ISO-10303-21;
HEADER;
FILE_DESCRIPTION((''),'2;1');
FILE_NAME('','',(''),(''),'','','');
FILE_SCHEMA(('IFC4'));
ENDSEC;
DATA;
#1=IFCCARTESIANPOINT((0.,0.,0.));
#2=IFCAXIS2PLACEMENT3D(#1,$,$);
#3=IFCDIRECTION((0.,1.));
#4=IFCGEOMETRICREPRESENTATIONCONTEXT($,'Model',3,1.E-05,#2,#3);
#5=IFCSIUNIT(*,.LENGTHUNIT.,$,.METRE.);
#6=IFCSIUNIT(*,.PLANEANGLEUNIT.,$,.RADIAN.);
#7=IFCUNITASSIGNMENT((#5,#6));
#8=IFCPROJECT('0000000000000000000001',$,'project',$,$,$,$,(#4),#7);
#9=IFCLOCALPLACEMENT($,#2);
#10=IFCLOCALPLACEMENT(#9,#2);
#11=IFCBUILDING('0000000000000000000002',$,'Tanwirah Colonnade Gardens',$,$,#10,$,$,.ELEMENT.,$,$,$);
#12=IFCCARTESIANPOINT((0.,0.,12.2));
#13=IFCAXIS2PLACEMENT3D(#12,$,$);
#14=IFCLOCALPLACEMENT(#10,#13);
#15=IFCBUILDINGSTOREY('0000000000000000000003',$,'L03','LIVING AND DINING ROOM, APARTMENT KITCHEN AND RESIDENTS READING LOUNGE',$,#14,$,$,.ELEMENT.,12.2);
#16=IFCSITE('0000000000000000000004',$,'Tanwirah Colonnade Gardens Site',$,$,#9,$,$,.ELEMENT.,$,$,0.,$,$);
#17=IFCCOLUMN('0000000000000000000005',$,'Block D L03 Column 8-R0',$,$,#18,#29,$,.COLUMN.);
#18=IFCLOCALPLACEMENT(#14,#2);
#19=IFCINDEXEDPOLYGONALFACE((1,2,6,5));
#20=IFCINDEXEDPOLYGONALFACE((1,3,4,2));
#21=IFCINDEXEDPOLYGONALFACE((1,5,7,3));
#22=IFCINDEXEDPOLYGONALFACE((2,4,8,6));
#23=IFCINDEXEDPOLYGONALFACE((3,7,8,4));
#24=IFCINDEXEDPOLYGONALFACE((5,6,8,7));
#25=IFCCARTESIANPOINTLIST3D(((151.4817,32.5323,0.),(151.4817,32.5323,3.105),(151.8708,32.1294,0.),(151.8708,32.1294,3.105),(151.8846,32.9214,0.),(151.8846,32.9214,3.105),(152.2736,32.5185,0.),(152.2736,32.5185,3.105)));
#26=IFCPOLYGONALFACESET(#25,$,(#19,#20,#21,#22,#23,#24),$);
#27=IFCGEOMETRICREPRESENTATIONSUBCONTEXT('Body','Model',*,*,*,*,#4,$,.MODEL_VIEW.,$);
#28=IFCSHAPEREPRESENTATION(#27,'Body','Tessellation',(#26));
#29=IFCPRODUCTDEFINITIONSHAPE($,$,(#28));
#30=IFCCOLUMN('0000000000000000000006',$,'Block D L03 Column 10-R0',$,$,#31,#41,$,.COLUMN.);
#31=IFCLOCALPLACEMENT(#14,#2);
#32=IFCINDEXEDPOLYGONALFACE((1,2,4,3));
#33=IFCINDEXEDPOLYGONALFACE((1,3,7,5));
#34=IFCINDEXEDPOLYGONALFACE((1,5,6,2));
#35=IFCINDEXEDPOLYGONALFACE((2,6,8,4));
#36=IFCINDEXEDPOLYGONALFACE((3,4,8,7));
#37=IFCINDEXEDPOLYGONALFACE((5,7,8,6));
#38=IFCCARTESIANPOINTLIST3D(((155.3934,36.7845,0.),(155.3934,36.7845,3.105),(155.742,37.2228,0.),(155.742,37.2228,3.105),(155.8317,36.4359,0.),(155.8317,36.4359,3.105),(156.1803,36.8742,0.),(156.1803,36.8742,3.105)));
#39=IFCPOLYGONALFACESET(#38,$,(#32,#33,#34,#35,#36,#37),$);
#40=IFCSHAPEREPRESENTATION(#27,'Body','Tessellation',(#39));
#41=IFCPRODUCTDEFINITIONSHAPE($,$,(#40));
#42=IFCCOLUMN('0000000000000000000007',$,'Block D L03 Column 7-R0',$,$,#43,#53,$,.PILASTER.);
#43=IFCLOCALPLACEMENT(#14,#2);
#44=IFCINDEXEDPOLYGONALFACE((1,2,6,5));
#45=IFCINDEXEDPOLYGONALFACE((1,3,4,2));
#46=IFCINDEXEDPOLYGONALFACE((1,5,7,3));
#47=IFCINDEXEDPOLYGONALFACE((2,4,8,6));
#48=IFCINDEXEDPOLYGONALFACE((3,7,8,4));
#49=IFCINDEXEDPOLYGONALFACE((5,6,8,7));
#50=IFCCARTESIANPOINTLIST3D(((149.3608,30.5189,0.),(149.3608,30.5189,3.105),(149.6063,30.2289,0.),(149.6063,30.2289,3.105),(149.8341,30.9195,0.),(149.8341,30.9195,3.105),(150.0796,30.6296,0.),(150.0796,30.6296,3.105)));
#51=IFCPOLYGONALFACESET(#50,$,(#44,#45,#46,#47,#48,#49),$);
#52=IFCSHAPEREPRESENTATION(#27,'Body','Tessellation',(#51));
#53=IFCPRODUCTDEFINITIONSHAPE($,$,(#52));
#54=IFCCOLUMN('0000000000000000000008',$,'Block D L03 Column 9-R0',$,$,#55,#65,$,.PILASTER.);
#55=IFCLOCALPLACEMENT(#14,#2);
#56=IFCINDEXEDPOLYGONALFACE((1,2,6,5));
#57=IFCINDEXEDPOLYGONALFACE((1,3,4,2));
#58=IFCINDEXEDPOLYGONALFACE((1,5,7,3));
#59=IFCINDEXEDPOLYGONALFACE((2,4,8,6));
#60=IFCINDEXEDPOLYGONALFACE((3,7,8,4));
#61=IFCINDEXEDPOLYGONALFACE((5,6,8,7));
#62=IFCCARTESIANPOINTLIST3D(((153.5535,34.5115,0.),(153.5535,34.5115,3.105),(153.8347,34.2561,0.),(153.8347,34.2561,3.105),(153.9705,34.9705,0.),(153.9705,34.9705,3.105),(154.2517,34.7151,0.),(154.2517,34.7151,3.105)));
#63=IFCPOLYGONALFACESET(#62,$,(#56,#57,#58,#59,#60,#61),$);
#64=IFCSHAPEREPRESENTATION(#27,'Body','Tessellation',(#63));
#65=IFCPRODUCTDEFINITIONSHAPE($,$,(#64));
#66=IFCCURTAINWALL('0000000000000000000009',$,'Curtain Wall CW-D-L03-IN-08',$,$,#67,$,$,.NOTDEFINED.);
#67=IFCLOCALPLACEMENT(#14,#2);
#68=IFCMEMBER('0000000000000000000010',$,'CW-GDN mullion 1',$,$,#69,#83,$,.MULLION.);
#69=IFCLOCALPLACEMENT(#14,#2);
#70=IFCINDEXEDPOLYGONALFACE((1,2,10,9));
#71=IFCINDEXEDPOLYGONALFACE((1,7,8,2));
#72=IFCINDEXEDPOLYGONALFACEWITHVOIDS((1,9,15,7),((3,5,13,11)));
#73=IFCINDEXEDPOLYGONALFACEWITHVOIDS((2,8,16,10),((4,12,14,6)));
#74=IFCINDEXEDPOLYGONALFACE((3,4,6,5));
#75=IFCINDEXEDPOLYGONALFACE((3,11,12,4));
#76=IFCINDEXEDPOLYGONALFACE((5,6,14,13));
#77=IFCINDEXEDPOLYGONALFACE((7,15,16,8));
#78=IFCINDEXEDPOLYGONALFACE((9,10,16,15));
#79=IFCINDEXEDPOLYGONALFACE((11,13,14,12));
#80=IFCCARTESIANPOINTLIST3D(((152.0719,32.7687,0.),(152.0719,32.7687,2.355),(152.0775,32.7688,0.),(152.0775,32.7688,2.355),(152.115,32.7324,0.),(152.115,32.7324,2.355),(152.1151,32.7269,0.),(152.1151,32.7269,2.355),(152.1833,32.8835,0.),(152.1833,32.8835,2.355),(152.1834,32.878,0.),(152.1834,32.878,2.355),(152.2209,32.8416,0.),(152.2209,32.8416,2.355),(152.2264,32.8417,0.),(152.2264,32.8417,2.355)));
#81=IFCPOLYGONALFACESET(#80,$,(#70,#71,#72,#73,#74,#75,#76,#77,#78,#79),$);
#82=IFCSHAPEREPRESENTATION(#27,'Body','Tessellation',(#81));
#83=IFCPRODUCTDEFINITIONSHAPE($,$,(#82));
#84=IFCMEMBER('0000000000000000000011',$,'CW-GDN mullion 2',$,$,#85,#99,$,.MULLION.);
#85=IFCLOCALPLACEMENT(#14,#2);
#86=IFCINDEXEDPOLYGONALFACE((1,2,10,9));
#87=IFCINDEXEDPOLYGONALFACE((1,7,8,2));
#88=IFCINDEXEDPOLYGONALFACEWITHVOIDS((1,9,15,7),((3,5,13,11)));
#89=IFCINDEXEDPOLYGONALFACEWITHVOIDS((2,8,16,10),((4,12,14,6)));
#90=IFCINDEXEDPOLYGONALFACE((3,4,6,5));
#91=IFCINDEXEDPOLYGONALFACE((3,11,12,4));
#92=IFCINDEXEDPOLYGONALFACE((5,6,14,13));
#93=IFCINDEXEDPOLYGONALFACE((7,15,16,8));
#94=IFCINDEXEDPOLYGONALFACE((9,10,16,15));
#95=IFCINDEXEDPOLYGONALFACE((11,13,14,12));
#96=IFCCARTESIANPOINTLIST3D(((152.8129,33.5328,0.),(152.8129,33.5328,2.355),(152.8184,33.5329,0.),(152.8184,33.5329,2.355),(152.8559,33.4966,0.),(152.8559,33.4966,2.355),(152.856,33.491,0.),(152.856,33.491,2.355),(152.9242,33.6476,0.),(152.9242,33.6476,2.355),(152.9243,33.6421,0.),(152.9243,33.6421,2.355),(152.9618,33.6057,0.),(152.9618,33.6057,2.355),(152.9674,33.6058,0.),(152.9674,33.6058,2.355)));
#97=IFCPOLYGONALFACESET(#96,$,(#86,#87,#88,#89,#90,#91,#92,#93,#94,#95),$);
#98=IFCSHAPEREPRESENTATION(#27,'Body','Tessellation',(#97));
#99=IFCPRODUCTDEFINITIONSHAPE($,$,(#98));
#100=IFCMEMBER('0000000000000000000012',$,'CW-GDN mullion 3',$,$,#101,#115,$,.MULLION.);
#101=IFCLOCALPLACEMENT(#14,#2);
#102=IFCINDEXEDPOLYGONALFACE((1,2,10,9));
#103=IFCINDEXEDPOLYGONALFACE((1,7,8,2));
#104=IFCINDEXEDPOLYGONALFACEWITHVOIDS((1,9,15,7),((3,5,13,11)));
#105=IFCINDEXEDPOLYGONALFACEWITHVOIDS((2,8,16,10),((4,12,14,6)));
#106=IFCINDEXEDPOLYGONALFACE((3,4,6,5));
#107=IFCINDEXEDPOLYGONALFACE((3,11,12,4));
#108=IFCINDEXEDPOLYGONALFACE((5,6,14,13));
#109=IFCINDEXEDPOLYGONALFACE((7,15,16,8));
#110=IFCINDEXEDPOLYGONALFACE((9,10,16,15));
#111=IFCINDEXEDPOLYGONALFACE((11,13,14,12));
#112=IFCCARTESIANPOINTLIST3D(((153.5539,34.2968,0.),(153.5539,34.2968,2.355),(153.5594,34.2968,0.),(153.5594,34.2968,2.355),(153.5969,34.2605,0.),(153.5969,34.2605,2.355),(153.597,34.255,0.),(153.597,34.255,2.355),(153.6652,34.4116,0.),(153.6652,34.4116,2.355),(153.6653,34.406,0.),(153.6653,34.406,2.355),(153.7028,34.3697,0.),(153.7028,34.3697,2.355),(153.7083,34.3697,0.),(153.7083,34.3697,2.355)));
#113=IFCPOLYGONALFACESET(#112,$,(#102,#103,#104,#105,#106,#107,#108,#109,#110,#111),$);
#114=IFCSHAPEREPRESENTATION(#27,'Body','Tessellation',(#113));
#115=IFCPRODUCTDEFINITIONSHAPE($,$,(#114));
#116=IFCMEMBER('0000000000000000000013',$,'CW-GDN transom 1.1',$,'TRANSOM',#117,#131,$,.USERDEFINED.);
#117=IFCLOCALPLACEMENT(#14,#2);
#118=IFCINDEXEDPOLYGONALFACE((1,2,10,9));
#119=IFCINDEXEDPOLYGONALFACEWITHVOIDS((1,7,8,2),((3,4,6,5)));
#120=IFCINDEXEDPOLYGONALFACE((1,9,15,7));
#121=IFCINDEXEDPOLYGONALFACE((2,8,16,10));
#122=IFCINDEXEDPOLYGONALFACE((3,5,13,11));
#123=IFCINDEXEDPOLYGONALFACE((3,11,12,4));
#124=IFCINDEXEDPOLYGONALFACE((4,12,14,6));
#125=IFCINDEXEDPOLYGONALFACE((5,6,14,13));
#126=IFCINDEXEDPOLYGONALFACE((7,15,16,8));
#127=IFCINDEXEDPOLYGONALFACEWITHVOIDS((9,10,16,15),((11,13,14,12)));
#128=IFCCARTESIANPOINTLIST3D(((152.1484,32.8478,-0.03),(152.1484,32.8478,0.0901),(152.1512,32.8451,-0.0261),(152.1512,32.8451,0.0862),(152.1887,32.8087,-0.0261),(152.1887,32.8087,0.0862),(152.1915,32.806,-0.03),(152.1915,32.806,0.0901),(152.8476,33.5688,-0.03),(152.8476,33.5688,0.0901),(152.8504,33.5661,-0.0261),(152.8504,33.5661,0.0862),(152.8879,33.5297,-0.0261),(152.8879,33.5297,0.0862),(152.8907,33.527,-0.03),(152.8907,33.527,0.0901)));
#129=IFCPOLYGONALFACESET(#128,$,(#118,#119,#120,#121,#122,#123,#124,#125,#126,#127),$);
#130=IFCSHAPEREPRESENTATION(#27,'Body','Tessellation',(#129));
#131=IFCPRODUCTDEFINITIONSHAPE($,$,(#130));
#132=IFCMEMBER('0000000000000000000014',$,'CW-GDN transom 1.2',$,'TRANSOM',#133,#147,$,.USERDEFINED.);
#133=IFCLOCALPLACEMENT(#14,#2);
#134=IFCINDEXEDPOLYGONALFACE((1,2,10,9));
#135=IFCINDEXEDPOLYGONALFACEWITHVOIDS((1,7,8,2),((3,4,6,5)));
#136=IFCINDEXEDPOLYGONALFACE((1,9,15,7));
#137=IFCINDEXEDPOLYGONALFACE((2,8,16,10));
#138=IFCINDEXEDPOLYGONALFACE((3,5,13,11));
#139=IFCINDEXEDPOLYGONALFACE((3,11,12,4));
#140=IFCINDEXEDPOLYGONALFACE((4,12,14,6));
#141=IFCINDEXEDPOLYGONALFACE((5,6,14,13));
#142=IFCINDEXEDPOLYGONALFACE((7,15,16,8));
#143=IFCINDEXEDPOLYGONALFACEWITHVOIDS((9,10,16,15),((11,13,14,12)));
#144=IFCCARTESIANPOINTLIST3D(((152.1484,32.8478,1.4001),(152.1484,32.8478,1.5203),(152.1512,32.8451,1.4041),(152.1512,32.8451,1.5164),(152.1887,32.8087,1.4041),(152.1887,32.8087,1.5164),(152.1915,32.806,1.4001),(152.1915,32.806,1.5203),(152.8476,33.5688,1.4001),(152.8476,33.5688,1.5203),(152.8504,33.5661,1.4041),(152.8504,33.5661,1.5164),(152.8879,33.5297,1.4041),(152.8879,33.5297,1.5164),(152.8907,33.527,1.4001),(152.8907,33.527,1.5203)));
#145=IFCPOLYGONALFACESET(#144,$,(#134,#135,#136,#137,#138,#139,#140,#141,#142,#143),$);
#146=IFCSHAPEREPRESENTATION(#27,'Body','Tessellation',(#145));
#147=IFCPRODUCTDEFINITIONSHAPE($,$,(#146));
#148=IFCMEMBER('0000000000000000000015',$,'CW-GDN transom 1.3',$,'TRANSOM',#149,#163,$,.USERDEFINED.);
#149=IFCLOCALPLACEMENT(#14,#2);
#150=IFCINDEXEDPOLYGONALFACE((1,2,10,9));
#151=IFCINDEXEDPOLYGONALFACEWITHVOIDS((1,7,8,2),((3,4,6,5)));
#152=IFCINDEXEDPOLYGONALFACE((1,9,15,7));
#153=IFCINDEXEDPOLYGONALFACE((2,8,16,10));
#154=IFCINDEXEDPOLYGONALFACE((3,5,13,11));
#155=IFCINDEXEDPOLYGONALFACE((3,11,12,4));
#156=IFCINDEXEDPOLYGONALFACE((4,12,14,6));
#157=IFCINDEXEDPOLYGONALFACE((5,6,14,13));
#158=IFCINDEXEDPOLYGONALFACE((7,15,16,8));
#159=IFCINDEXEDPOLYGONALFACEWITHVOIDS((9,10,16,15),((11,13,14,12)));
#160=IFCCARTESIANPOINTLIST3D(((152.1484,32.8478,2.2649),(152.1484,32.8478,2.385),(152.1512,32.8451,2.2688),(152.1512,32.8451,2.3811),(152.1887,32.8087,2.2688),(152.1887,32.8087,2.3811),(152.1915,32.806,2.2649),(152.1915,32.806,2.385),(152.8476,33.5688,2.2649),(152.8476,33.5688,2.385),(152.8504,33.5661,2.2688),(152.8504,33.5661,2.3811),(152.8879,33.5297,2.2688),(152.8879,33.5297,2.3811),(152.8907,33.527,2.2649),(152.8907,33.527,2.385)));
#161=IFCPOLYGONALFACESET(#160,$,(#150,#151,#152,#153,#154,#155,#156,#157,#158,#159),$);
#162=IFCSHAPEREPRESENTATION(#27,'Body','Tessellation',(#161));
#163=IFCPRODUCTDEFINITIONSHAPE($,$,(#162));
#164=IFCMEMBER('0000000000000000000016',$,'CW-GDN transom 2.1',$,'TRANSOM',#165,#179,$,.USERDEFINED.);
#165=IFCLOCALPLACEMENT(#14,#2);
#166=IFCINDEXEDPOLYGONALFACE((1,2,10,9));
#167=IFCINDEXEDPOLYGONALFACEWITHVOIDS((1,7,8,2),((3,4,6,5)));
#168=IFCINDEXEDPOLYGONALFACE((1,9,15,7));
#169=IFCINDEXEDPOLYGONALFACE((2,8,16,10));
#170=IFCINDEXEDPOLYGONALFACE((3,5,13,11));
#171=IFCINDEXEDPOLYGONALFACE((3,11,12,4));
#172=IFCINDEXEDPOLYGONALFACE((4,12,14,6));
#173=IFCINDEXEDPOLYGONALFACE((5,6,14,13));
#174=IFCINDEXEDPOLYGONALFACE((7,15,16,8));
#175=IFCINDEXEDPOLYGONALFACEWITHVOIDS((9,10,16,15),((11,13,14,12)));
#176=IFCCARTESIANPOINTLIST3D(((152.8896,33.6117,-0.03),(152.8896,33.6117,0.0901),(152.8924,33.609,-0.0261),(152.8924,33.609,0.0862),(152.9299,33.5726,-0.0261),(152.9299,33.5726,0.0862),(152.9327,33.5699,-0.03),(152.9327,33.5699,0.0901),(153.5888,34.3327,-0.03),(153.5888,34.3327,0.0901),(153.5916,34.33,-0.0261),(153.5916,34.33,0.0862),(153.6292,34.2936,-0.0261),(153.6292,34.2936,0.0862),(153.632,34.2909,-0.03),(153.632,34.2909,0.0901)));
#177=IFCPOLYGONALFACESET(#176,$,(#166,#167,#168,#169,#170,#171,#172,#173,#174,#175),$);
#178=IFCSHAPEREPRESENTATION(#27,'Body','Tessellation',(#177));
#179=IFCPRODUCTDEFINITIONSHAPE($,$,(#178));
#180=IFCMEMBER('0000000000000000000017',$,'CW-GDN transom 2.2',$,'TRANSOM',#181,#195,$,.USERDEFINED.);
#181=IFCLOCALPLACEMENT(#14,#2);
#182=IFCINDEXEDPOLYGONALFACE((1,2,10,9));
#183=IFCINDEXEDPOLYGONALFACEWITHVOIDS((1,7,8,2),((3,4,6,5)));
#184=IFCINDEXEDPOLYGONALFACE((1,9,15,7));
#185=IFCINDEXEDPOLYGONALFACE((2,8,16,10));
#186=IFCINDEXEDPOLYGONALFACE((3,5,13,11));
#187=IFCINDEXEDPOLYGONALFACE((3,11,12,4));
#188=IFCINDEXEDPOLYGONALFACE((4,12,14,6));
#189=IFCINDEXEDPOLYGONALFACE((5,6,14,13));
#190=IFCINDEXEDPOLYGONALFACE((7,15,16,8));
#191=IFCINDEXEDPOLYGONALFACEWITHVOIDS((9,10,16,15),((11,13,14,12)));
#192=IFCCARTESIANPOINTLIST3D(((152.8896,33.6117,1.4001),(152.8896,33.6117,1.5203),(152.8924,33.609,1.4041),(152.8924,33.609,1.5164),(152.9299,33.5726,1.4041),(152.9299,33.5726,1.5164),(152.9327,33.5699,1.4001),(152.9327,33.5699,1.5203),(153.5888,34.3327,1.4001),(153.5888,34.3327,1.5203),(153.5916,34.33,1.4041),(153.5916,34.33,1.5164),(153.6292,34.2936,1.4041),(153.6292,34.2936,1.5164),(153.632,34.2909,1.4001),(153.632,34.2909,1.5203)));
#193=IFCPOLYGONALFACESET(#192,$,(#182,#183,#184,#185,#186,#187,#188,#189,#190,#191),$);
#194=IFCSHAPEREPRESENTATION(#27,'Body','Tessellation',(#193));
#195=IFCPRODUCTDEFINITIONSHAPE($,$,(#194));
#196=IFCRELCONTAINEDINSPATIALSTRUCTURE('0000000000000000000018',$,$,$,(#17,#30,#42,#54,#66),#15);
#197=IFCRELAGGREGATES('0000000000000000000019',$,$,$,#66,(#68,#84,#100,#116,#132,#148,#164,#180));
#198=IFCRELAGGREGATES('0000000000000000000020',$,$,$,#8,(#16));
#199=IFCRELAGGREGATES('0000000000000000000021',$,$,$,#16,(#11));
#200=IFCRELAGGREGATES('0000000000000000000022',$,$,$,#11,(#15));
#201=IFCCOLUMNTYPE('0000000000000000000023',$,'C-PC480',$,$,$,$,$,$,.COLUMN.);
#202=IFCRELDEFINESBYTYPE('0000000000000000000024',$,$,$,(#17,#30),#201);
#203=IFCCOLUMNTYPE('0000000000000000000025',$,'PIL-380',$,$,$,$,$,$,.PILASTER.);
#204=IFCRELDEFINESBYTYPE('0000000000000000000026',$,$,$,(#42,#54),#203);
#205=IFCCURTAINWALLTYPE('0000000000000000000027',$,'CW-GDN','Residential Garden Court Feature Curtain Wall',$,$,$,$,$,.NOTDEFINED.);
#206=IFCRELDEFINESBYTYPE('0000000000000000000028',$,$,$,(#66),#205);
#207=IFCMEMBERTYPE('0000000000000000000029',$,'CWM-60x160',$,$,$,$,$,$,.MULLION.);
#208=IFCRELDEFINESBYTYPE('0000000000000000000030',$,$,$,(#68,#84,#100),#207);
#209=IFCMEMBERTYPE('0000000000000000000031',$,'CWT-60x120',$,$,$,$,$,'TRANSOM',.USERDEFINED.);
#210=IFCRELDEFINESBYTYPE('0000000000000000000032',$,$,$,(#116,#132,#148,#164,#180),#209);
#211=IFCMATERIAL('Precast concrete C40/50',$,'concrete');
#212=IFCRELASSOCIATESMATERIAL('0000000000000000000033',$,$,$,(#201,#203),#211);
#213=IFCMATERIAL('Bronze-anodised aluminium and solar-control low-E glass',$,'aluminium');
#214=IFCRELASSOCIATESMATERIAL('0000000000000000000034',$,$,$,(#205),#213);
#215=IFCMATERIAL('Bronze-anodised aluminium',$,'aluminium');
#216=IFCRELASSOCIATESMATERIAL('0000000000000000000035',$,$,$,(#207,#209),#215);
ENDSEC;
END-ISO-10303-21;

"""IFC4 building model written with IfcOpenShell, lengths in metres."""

from ifc_helpers import new_model, si_unit, direction, frame, origin, origin_2d, place, context, subcontext, project, spatial, rectangle, hollow_rectangle, extrude, material, material_profile, profile_set, type_object, element, aggregate, save


model = new_model("IFC4")

# Units and contexts
model_context = context("Model", 3, precision=1e-05, world=origin(), true_north=direction((0.0, 1.0)))
body_context = subcontext(model_context, "Body", "Model", "MODEL_VIEW")
ifc_project = project(units=[si_unit("LENGTHUNIT", "METRE"), si_unit("PLANEANGLEUNIT", "RADIAN")], contexts=[model_context])

# Site, building, storey
site_placement = place(None, origin())
site = spatial("IfcSite", under=ifc_project, at=site_placement, Name="Tanwirah Colonnade Gardens Site", CompositionType="ELEMENT", RefElevation=0.0)
building_placement = place(site_placement, origin())
building = spatial("IfcBuilding", under=site, at=building_placement, Name="Tanwirah Colonnade Gardens", CompositionType="ELEMENT")
storey_placement = place(building_placement, frame((0.0, 0.0, 12.2)))
storey = spatial("IfcBuildingStorey", under=building, at=storey_placement, Name="L03", Description="LIVING AND DINING ROOM, APARTMENT KITCHEN AND RESIDENTS READING LOUNGE", CompositionType="ELEMENT", Elevation=12.2)

# Columns
ifc_material_1 = material(Name="Precast concrete C40/50", Category="concrete")
ifc_material_profile_1 = material_profile(ifc_material_1, rectangle(XDim=0.5601, YDim=0.5601, at=origin_2d()), Name="PC-COL 560x560")
ifc_profile_set_1 = profile_set([ifc_material_profile_1], Name="Precast concrete C40/50")
column_type_1 = type_object("IfcColumnType", Name="C-PC480", PredefinedType="COLUMN", material=ifc_profile_set_1)
for number, where, z_axis, x_axis, name in (
    (1, (151.8777, 32.5254, 0.0), (0.0, 0.0, 1.0), (0.694658, -0.71934, 0.0), "Block D L03 Column 8-R0"),
    (2, (155.7869, 36.8293, 0.0), (0.0, 0.0, 1.0), (0.782608, -0.622515, 0.0), "Block D L03 Column 10-R0"),
):
    element("IfcColumn", number, at=place(storey_placement, frame(where, z_axis=z_axis, x_axis=x_axis)), inside=storey, type_object=column_type_1, Name=name, PredefinedType="COLUMN", context=body_context, shape_type="SweptSolid", body=[
        extrude(rectangle(XDim=0.5601, YDim=0.5601, at=origin_2d()), origin(), (0.0, 0.0, 1.0), 3.105),
    ])
ifc_material_profile_2 = material_profile(ifc_material_1, rectangle(XDim=0.3799, YDim=0.6201, at=origin_2d()), Name="PC-PIL 380x620")
ifc_profile_set_2 = profile_set([ifc_material_profile_2], Name="Precast concrete C40/50")
column_type_2 = type_object("IfcColumnType", Name="PIL-380", PredefinedType="PILASTER", material=ifc_profile_set_2)
for number, where, z_axis, x_axis, name in (
    (3, (149.7202, 30.5742, 0.0), (0.0, 0.0, 1.0), (0.646124, -0.763232, 0.0), "Block D L03 Column 7-R0"),
    (4, (153.9026, 34.6133, 0.0), (0.0, 0.0, 1.0), (0.740218, -0.672367, 0.0), "Block D L03 Column 9-R0"),
):
    element("IfcColumn", number, at=place(storey_placement, frame(where, z_axis=z_axis, x_axis=x_axis)), inside=storey, type_object=column_type_2, Name=name, PredefinedType="PILASTER", context=body_context, shape_type="SweptSolid", body=[
        extrude(rectangle(XDim=0.3799, YDim=0.6201, at=origin_2d()), origin(), (0.0, 0.0, 1.0), 3.105),
    ])

# Curtain wall, members
ifc_material_2 = material(Name="Bronze-anodised aluminium and solar-control low-E glass", Category="aluminium")
curtain_wall_type = type_object("IfcCurtainWallType", Name="CW-GDN", Description="Residential Garden Court Feature Curtain Wall", PredefinedType="NOTDEFINED", material=ifc_material_2)
curtain_wall_placement = place(storey_placement, origin())
curtain_wall = element("IfcCurtainWall", 5, at=curtain_wall_placement, inside=storey, type_object=curtain_wall_type, Name="Curtain Wall CW-D-L03-IN-08", PredefinedType="NOTDEFINED")
ifc_material_3 = material(Name="Bronze-anodised aluminium", Category="aluminium")
ifc_material_profile_3 = material_profile(ifc_material_3, hollow_rectangle(XDim=0.0601, YDim=0.1599, WallThickness=0.0039, at=origin_2d()), Name="CW-MUL 60x160x4")
ifc_profile_set_3 = profile_set([ifc_material_profile_3], Name="Bronze-anodised aluminium")
member_type_1 = type_object("IfcMemberType", Name="CWM-60x160", PredefinedType="MULLION", material=ifc_profile_set_3)
member_1_placement = place(storey_placement, frame((152.1492, 32.8052, 0.0), z_axis=(0.0, 0.0, 1.0), x_axis=(-0.717825, 0.696223, 0.0)))
member_1 = element("IfcMember", 6, at=member_1_placement, type_object=member_type_1, Name="CW-GDN mullion 1", PredefinedType="MULLION", context=body_context, shape_type="SweptSolid", body=[
    extrude(hollow_rectangle(XDim=0.0601, YDim=0.1599, WallThickness=0.0039, at=origin_2d()), origin(), (0.0, 0.0, 1.0), 2.355),
])
member_2_placement = place(storey_placement, frame((152.8901, 33.5693, 0.0), z_axis=(0.0, 0.0, 1.0), x_axis=(-0.717825, 0.696223, 0.0)))
member_2 = element("IfcMember", 7, at=member_2_placement, type_object=member_type_1, Name="CW-GDN mullion 2", PredefinedType="MULLION", context=body_context, shape_type="SweptSolid", body=[
    extrude(hollow_rectangle(XDim=0.0601, YDim=0.1599, WallThickness=0.0039, at=origin_2d()), origin(), (0.0, 0.0, 1.0), 2.355),
])
member_3_placement = place(storey_placement, frame((153.6311, 34.3333, 0.0), z_axis=(0.0, 0.0, 1.0), x_axis=(-0.717825, 0.696223, 0.0)))
member_3 = element("IfcMember", 8, at=member_3_placement, type_object=member_type_1, Name="CW-GDN mullion 3", PredefinedType="MULLION", context=body_context, shape_type="SweptSolid", body=[
    extrude(hollow_rectangle(XDim=0.0601, YDim=0.1599, WallThickness=0.0039, at=origin_2d()), origin(), (0.0, 0.0, 1.0), 2.355),
])
ifc_material_profile_4 = material_profile(ifc_material_3, hollow_rectangle(XDim=0.0601, YDim=0.1201, WallThickness=0.0039, at=origin_2d()), Name="CW-TRN 60x120x4")
ifc_profile_set_4 = profile_set([ifc_material_profile_4], Name="Bronze-anodised aluminium")
member_type_2 = type_object("IfcMemberType", Name="CWT-60x120", ElementType="TRANSOM", PredefinedType="USERDEFINED", material=ifc_profile_set_4)
member_4_placement = place(storey_placement, frame((152.1699, 32.8269, 0.03), z_axis=(0.696207, 0.717841, 0.0), x_axis=(-0.717841, 0.696207, 0.0)))
member_4 = element("IfcMember", 9, at=member_4_placement, type_object=member_type_2, Name="CW-GDN transom 1.1", ObjectType="TRANSOM", PredefinedType="USERDEFINED", context=body_context, shape_type="SweptSolid", body=[
    extrude(hollow_rectangle(XDim=0.0601, YDim=0.1201, WallThickness=0.0039, at=origin_2d()), origin(), (0.0, 0.0, 1.0), 1.0044),
])
member_5_placement = place(storey_placement, frame((152.1699, 32.8269, 1.4602), z_axis=(0.696207, 0.717841, 0.0), x_axis=(-0.717841, 0.696207, 0.0)))
member_5 = element("IfcMember", 10, at=member_5_placement, type_object=member_type_2, Name="CW-GDN transom 1.2", ObjectType="TRANSOM", PredefinedType="USERDEFINED", context=body_context, shape_type="SweptSolid", body=[
    extrude(hollow_rectangle(XDim=0.0601, YDim=0.1201, WallThickness=0.0039, at=origin_2d()), origin(), (0.0, 0.0, 1.0), 1.0044),
])
member_6_placement = place(storey_placement, frame((152.1699, 32.8269, 2.325), z_axis=(0.696207, 0.717841, 0.0), x_axis=(-0.717841, 0.696207, 0.0)))
member_6 = element("IfcMember", 11, at=member_6_placement, type_object=member_type_2, Name="CW-GDN transom 1.3", ObjectType="TRANSOM", PredefinedType="USERDEFINED", context=body_context, shape_type="SweptSolid", body=[
    extrude(hollow_rectangle(XDim=0.0601, YDim=0.1201, WallThickness=0.0039, at=origin_2d()), origin(), (0.0, 0.0, 1.0), 1.0044),
])
member_7_placement = place(storey_placement, frame((152.9111, 33.5908, 0.03), z_axis=(0.696207, 0.717841, 0.0), x_axis=(-0.717841, 0.696207, 0.0)))
member_7 = element("IfcMember", 12, at=member_7_placement, type_object=member_type_2, Name="CW-GDN transom 2.1", ObjectType="TRANSOM", PredefinedType="USERDEFINED", context=body_context, shape_type="SweptSolid", body=[
    extrude(hollow_rectangle(XDim=0.0601, YDim=0.1201, WallThickness=0.0039, at=origin_2d()), origin(), (0.0, 0.0, 1.0), 1.0044),
])
member_8_placement = place(storey_placement, frame((152.9111, 33.5908, 1.4602), z_axis=(0.696207, 0.717841, 0.0), x_axis=(-0.717841, 0.696207, 0.0)))
member_8 = element("IfcMember", 13, at=member_8_placement, type_object=member_type_2, Name="CW-GDN transom 2.2", ObjectType="TRANSOM", PredefinedType="USERDEFINED", context=body_context, shape_type="SweptSolid", body=[
    extrude(hollow_rectangle(XDim=0.0601, YDim=0.1201, WallThickness=0.0039, at=origin_2d()), origin(), (0.0, 0.0, 1.0), 1.0044),
])

aggregate(curtain_wall, [member_1, member_2, member_3, member_4, member_5, member_6, member_7, member_8])

save(model, "model.ifc")
